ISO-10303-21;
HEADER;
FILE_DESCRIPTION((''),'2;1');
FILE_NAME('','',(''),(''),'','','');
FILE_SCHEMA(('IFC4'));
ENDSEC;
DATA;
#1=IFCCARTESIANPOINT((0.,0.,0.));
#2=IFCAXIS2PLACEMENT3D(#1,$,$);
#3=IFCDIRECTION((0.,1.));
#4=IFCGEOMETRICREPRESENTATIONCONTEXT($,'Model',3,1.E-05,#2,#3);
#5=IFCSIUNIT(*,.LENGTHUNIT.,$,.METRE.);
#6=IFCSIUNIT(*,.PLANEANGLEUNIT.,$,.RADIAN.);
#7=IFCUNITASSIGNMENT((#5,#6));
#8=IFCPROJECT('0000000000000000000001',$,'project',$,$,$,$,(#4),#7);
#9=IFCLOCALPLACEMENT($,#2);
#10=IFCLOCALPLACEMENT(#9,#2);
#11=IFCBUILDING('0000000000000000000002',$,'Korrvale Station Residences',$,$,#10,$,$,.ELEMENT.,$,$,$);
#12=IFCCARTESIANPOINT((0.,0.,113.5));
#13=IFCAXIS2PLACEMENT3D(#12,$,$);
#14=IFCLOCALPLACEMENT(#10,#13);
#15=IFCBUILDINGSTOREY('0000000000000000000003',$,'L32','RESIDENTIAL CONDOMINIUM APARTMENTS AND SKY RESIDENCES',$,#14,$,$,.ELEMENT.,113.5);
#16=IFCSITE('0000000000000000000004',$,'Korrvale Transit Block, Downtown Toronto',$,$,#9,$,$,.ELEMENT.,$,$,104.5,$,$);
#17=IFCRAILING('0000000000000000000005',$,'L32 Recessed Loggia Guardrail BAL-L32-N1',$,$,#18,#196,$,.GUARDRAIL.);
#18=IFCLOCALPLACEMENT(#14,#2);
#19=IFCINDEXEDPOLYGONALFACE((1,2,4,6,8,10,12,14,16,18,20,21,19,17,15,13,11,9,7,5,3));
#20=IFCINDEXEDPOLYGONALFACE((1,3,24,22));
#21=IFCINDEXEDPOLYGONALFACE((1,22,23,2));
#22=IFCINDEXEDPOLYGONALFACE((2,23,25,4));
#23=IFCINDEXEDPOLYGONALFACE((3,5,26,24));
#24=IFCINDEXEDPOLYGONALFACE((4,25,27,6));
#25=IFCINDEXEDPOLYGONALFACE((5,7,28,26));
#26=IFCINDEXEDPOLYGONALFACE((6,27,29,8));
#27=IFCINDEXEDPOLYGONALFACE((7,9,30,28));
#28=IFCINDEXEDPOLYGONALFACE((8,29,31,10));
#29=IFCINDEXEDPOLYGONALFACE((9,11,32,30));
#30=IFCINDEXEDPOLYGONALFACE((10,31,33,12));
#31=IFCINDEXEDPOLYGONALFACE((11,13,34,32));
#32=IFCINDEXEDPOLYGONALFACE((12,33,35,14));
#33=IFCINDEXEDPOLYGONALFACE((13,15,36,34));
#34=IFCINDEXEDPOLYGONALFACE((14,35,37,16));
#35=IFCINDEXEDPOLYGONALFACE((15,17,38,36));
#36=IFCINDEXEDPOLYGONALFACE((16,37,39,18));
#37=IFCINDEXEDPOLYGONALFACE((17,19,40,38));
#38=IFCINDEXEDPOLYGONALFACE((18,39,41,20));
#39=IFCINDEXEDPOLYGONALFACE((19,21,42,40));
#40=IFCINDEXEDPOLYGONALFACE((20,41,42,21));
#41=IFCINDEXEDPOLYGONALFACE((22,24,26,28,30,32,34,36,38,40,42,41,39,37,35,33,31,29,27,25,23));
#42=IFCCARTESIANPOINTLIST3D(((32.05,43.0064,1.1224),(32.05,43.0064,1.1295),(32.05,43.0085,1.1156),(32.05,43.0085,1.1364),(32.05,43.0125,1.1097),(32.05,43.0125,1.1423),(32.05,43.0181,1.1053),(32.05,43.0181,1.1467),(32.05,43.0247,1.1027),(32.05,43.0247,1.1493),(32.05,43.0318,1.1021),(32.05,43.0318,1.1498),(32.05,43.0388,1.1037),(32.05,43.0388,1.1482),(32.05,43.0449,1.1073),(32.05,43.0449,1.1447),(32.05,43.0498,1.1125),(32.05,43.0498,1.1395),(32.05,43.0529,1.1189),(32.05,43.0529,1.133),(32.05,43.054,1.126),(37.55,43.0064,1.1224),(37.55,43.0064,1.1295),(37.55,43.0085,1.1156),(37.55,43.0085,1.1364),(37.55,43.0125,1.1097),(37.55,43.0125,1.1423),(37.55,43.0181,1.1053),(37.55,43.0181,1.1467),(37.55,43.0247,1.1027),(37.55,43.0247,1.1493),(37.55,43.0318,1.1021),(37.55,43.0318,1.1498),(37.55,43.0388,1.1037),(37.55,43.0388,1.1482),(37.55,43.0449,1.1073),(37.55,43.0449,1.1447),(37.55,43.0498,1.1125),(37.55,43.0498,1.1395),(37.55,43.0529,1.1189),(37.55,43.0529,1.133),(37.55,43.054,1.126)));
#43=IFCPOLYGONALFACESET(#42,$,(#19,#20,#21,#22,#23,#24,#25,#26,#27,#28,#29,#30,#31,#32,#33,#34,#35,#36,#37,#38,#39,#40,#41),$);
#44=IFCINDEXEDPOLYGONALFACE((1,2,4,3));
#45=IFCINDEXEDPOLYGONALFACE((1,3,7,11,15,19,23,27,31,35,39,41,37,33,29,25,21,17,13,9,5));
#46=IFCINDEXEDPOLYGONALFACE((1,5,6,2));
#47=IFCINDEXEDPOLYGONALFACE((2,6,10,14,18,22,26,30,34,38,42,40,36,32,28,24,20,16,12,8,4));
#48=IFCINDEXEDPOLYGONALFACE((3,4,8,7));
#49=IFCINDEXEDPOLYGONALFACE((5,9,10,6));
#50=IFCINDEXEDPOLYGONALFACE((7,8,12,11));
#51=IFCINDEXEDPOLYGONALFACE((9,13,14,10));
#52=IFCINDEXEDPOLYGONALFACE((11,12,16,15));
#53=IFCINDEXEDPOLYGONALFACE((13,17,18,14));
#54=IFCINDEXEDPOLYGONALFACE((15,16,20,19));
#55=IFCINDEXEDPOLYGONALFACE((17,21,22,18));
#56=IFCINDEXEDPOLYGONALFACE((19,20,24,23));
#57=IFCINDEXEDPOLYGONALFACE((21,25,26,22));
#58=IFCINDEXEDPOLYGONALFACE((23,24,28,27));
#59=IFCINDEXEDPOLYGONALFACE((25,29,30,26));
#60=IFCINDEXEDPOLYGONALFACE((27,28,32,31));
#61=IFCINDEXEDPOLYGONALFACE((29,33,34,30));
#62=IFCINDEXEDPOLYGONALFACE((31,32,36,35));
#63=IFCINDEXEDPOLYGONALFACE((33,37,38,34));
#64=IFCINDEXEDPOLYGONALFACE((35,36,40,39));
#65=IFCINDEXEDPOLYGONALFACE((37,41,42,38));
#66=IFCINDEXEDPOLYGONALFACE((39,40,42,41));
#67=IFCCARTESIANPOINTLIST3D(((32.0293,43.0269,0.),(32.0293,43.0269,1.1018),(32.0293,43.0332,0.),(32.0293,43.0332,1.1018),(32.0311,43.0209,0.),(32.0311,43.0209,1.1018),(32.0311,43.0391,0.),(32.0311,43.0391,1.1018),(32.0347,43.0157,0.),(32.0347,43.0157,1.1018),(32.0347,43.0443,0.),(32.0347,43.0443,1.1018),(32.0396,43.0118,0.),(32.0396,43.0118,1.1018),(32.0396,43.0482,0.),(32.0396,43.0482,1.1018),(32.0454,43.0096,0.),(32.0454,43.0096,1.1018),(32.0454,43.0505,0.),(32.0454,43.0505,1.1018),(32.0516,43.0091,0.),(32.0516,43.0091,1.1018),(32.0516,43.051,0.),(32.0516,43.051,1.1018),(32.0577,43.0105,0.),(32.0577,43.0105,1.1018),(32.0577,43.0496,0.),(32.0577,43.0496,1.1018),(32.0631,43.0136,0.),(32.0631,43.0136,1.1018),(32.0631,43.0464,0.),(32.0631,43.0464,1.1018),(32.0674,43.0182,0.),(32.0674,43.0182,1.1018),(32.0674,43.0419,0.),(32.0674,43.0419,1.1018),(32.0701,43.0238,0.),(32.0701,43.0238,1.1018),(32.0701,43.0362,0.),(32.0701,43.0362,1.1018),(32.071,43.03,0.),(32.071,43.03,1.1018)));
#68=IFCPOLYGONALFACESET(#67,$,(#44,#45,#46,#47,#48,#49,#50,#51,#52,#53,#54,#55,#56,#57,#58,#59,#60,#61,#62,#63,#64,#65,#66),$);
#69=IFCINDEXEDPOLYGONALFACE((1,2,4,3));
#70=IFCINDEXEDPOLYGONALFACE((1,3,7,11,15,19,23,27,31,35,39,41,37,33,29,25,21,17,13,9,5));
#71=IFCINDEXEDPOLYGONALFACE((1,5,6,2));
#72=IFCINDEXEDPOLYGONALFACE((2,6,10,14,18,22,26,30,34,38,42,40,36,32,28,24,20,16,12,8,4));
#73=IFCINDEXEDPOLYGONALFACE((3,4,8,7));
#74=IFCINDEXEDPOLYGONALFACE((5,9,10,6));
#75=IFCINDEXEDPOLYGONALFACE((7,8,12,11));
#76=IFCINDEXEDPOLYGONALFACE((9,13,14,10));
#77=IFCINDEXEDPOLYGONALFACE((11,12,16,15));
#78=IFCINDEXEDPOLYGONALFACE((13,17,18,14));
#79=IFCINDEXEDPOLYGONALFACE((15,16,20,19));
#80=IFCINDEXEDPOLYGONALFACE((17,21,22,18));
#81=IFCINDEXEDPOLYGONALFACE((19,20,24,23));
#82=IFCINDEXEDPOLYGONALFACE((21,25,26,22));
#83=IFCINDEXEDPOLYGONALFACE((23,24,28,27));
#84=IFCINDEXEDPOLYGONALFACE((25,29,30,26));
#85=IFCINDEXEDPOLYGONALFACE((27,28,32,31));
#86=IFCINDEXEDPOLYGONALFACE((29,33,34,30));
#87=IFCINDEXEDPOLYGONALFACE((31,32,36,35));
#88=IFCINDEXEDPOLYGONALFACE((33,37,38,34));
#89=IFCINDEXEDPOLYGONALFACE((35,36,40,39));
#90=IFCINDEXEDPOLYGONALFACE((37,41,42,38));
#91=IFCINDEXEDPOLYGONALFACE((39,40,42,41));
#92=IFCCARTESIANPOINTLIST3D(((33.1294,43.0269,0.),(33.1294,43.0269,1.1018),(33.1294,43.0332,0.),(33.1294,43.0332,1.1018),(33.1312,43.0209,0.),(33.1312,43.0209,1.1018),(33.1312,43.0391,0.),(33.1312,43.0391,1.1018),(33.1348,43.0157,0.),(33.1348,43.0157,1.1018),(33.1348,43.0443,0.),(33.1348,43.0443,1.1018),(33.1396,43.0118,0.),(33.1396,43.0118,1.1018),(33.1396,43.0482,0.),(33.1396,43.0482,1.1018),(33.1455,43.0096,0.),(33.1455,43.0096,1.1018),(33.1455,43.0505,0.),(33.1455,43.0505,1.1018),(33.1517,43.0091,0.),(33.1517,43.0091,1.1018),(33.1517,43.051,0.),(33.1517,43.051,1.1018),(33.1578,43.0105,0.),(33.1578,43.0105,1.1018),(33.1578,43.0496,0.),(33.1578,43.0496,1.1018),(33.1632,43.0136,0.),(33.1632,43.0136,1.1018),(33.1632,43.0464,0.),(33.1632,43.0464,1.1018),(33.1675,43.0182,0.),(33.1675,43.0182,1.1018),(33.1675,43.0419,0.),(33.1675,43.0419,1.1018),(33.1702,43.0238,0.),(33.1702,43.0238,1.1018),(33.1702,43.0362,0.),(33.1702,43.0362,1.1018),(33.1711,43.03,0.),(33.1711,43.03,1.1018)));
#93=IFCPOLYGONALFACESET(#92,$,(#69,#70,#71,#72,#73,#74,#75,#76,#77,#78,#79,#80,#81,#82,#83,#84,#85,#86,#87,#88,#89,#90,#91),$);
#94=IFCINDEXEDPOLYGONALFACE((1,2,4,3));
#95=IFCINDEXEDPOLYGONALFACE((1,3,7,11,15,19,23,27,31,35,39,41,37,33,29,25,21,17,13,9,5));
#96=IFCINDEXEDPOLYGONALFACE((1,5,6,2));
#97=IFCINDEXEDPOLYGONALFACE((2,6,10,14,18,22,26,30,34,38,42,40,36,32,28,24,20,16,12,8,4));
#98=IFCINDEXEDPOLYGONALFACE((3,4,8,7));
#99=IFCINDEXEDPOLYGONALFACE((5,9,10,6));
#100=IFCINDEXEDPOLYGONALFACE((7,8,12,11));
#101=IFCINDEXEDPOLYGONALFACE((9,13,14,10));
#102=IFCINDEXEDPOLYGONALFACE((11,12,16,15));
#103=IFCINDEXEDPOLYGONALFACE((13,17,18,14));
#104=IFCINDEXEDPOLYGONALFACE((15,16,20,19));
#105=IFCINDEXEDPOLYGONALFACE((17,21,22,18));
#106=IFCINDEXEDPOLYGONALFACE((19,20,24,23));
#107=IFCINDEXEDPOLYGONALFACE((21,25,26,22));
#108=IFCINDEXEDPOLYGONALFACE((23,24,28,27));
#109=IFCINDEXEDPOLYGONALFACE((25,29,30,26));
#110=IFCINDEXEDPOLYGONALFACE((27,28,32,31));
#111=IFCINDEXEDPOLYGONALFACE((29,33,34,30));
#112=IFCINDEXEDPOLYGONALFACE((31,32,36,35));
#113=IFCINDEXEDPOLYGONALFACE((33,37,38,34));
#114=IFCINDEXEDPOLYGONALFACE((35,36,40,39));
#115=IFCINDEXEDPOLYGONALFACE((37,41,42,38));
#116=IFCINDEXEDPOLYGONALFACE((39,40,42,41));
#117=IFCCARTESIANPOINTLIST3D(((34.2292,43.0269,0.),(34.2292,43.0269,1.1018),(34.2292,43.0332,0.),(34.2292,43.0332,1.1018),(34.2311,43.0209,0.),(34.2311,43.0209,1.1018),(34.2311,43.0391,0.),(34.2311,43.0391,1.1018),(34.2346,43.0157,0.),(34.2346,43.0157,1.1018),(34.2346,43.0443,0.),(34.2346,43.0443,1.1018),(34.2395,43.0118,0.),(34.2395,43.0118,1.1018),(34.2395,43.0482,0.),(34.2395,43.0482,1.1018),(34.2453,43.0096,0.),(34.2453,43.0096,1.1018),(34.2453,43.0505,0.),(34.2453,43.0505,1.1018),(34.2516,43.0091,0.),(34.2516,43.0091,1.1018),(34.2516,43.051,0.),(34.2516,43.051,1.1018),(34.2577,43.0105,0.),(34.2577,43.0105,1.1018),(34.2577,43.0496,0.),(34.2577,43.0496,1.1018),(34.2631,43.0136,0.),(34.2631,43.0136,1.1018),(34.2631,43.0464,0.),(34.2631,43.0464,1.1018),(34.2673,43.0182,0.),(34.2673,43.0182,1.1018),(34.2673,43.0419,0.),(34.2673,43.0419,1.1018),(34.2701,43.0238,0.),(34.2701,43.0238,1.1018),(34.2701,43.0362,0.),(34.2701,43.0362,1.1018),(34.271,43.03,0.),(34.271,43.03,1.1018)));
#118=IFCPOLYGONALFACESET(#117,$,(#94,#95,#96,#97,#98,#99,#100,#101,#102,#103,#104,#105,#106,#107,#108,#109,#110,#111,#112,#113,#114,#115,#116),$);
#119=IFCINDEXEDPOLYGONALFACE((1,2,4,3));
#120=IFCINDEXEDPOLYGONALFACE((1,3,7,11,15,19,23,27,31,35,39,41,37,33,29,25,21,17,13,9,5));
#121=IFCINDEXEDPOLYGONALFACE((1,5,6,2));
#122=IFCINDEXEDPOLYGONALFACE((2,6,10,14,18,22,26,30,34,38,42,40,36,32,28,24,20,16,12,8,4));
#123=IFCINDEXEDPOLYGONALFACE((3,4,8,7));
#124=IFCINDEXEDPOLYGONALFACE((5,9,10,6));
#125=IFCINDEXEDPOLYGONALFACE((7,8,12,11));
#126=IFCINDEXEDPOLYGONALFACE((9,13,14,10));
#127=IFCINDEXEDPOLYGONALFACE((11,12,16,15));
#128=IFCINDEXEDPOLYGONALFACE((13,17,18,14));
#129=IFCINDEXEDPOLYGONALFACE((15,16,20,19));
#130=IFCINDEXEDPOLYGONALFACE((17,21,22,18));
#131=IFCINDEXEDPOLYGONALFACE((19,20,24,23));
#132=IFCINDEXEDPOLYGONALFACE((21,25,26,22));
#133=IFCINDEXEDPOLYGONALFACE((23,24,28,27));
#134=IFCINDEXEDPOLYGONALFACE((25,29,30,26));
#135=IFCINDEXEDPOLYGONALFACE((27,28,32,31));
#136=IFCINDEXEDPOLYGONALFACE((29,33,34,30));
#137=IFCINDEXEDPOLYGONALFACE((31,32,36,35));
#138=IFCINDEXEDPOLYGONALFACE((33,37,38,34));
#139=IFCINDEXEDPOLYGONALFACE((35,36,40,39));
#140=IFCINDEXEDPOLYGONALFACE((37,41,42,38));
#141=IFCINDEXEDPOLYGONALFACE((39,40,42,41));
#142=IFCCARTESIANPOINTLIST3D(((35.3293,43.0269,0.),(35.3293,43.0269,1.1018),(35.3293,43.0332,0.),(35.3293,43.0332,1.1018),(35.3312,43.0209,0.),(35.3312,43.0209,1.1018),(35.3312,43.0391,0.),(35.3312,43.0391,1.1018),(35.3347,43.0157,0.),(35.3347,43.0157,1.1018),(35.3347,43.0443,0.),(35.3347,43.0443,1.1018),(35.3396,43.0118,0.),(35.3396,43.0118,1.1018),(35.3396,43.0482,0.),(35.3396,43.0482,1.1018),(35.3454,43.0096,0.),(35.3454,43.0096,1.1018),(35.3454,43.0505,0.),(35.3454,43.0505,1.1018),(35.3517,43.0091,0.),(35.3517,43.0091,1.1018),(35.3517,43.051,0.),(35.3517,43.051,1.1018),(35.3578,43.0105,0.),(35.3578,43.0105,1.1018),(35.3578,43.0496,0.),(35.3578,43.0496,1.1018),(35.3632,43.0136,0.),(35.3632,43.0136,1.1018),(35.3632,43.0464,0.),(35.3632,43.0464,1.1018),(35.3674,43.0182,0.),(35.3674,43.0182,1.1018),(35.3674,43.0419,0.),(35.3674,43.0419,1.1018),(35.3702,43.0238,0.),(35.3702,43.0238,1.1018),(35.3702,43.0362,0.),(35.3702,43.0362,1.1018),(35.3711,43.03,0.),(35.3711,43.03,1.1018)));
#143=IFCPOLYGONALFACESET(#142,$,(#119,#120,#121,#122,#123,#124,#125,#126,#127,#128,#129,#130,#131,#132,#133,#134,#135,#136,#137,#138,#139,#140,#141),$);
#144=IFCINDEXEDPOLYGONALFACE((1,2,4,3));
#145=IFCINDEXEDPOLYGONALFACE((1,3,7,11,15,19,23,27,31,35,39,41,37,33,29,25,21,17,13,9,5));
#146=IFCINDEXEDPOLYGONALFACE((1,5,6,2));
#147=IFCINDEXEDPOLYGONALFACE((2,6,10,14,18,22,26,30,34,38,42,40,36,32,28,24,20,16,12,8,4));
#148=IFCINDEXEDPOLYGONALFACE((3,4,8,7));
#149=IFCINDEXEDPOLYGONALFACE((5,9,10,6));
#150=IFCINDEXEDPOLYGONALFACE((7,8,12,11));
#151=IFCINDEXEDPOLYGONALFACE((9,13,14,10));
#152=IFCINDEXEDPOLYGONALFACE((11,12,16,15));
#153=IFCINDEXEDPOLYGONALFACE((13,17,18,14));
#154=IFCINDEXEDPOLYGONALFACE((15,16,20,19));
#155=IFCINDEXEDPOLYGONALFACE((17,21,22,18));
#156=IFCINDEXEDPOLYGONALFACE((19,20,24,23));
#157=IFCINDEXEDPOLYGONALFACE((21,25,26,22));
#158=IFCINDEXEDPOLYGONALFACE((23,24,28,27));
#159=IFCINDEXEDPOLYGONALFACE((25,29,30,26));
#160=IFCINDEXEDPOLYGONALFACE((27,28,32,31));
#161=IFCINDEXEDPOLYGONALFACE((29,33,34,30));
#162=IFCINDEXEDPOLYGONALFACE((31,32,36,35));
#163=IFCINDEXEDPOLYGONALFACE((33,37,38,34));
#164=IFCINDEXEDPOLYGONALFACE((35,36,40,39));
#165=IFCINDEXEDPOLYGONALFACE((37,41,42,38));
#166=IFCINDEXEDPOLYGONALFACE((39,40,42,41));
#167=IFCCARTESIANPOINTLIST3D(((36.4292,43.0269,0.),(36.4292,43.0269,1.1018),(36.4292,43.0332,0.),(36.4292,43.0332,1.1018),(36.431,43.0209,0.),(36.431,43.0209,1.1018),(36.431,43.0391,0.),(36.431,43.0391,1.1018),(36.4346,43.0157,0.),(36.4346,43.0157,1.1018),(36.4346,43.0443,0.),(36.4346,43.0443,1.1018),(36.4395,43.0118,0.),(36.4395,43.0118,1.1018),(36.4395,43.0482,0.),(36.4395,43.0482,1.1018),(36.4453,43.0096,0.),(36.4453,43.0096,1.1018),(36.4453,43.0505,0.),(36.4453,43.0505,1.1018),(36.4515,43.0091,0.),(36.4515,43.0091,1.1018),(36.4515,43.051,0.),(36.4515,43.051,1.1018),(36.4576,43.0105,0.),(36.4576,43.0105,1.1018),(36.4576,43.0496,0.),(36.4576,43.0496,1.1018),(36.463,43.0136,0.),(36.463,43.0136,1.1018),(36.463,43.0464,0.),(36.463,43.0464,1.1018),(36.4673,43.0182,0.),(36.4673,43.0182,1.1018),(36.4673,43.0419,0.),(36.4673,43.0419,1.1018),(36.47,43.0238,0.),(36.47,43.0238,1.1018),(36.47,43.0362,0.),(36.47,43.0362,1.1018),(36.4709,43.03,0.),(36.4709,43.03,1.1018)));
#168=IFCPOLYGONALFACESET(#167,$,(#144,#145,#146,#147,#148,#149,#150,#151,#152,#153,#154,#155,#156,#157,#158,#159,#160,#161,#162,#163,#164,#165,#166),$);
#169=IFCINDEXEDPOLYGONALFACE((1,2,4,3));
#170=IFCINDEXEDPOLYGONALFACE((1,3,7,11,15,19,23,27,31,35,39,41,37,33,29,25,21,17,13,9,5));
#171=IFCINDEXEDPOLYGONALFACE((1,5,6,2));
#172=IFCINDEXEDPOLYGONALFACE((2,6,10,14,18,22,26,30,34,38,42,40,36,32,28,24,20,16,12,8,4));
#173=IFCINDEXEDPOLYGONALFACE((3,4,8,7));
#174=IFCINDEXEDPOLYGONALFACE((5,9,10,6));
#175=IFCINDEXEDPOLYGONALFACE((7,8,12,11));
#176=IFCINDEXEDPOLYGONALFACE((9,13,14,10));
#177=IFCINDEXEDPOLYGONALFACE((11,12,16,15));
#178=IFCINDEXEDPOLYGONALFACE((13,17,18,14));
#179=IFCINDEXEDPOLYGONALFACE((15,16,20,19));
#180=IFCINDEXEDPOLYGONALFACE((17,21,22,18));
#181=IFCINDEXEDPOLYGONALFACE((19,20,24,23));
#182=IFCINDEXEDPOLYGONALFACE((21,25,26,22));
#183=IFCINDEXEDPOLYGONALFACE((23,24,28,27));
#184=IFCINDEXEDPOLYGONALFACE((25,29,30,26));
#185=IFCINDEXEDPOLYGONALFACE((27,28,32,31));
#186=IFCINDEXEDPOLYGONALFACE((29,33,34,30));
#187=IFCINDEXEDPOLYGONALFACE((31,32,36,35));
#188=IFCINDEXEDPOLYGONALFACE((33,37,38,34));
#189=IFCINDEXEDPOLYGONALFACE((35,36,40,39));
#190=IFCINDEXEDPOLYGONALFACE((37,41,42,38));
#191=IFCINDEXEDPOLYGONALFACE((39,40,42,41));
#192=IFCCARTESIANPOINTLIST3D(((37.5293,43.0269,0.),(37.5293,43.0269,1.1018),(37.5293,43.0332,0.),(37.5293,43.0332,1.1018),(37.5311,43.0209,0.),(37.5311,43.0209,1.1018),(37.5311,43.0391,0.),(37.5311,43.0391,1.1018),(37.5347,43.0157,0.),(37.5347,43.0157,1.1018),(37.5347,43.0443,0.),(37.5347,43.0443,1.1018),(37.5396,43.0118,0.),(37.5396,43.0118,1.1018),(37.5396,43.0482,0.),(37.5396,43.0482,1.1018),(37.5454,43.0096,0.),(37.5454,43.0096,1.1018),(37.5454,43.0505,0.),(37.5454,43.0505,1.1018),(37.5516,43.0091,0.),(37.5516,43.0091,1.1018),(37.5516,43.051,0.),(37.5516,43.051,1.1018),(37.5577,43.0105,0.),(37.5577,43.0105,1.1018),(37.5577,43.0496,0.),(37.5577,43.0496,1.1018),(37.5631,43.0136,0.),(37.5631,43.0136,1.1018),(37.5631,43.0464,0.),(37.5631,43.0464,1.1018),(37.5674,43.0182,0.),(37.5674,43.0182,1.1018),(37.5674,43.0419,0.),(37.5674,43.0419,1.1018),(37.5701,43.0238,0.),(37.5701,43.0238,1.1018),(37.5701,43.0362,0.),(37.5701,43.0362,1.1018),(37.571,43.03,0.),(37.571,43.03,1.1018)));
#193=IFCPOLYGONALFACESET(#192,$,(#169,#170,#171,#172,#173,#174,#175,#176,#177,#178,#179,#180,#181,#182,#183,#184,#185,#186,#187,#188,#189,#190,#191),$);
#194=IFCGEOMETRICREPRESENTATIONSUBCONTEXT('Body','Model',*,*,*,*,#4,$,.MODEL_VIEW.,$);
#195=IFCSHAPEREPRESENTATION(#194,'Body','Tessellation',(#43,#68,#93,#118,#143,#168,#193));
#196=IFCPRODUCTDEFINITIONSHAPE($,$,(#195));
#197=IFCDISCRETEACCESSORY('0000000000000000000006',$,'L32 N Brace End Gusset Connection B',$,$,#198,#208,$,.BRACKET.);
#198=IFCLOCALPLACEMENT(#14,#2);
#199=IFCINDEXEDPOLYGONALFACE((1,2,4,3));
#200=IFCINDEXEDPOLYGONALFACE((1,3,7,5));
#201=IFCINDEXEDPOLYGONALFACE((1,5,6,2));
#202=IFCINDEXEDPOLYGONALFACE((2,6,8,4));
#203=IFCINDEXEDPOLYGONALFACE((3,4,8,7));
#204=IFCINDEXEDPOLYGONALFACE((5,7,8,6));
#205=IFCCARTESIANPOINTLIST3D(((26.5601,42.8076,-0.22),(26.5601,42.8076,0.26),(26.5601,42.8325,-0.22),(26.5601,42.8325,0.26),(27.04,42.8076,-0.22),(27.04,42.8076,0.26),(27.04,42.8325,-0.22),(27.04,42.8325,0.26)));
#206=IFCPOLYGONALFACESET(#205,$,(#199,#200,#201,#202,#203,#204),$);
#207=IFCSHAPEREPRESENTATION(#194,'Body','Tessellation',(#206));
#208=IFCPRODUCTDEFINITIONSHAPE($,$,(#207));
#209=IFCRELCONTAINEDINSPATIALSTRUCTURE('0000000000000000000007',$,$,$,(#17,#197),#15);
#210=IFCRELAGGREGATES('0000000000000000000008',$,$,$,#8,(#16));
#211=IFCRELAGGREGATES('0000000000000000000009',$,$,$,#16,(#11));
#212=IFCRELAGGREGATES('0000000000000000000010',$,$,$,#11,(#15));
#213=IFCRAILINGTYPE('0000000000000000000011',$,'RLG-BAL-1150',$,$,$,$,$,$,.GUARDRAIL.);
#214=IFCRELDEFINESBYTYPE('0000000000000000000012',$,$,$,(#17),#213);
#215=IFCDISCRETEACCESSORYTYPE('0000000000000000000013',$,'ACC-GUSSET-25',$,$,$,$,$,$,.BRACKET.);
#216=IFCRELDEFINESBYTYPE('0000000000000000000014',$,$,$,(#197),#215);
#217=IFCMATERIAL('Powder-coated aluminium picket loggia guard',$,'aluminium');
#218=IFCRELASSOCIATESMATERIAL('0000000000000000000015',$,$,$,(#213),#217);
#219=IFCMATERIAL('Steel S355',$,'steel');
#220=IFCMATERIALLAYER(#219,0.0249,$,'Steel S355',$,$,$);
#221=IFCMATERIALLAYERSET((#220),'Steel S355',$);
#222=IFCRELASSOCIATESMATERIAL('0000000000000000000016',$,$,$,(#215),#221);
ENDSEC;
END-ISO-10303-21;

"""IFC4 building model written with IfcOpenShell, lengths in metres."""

from ifc_helpers import new_model, si_unit, direction, frame, origin, origin_2d, place, context, subcontext, project, spatial, rectangle, circle, extrude, material, layer, layer_set, type_object, element, save


model = new_model("IFC4")

# Units and contexts
model_context = context("Model", 3, precision=1e-05, world=origin(), true_north=direction((0.0, 1.0)))
body_context = subcontext(model_context, "Body", "Model", "MODEL_VIEW")
ifc_project = project(units=[si_unit("LENGTHUNIT", "METRE"), si_unit("PLANEANGLEUNIT", "RADIAN")], contexts=[model_context])

# Site, building, storey
site_placement = place(None, origin())
site = spatial("IfcSite", under=ifc_project, at=site_placement, Name="Korrvale Transit Block, Downtown Toronto", CompositionType="ELEMENT", RefElevation=104.5)
building_placement = place(site_placement, origin())
building = spatial("IfcBuilding", under=site, at=building_placement, Name="Korrvale Station Residences", CompositionType="ELEMENT")
storey_placement = place(building_placement, frame((0.0, 0.0, 113.5)))
storey = spatial("IfcBuildingStorey", under=building, at=storey_placement, Name="L32", Description="RESIDENTIAL CONDOMINIUM APARTMENTS AND SKY RESIDENCES", CompositionType="ELEMENT", Elevation=113.5)

# Shared definitions
ifc_material_1 = material(Name="Steel S355", Category="steel")

# Railing
ifc_material_2 = material(Name="Powder-coated aluminium picket loggia guard", Category="aluminium")
railing_type = type_object("IfcRailingType", Name="RLG-BAL-1150", PredefinedType="GUARDRAIL", material=ifc_material_2)
railing_placement = place(storey_placement, frame((32.05, 43.03, 0.0)))
element("IfcRailing", 1, at=railing_placement, inside=storey, type_object=railing_type, Name="L32 Recessed Loggia Guardrail BAL-L32-N1", PredefinedType="GUARDRAIL", context=body_context, shape_type="SweptSolid", body=[
    extrude(circle(Radius=0.0239, at=origin_2d()), frame((0.0, 0.0, 1.126), z_axis=(1.0, 0.0, 0.0), x_axis=(0.0, 1.0, 0.0)), (0.0, 0.0, 1.0), 5.5),
    extrude(circle(Radius=0.021, at=origin_2d()), origin(), (0.0, 0.0, 1.0), 1.1018),
    extrude(circle(Radius=0.021, at=origin_2d()), frame((1.1001, 0.0, 0.0)), (0.0, 0.0, 1.0), 1.1018),
    extrude(circle(Radius=0.021, at=origin_2d()), frame((2.2, 0.0, 0.0)), (0.0, 0.0, 1.0), 1.1018),
    extrude(circle(Radius=0.021, at=origin_2d()), frame((3.3, 0.0, 0.0)), (0.0, 0.0, 1.0), 1.1018),
    extrude(circle(Radius=0.021, at=origin_2d()), frame((4.3999, 0.0, 0.0)), (0.0, 0.0, 1.0), 1.1018),
    extrude(circle(Radius=0.021, at=origin_2d()), frame((5.5, 0.0, 0.0)), (0.0, 0.0, 1.0), 1.1018),
])

# Discrete accessory
ifc_layer_1 = layer(ifc_material_1, 0.0249, Name="Steel S355")
ifc_layer_set_1 = layer_set([ifc_layer_1], Name="Steel S355")
discrete_accessory_type = type_object("IfcDiscreteAccessoryType", Name="ACC-GUSSET-25", PredefinedType="BRACKET", material=ifc_layer_set_1)
for number, where, z_axis, x_axis, name in (
    (2, (26.8, 42.8201, -0.22), (0.0, 0.0, 1.0), (1.0, 0.0, 0.0), "L32 N Brace End Gusset Connection B"),
):
    element("IfcDiscreteAccessory", number, at=place(storey_placement, frame(where, z_axis=z_axis, x_axis=x_axis)), inside=storey, type_object=discrete_accessory_type, Name=name, PredefinedType="BRACKET", context=body_context, shape_type="SweptSolid", body=[
        extrude(rectangle(XDim=0.48, YDim=0.0249, at=origin_2d()), origin(), (0.0, 0.0, 1.0), 0.48),
    ])

save(model, "model.ifc")
